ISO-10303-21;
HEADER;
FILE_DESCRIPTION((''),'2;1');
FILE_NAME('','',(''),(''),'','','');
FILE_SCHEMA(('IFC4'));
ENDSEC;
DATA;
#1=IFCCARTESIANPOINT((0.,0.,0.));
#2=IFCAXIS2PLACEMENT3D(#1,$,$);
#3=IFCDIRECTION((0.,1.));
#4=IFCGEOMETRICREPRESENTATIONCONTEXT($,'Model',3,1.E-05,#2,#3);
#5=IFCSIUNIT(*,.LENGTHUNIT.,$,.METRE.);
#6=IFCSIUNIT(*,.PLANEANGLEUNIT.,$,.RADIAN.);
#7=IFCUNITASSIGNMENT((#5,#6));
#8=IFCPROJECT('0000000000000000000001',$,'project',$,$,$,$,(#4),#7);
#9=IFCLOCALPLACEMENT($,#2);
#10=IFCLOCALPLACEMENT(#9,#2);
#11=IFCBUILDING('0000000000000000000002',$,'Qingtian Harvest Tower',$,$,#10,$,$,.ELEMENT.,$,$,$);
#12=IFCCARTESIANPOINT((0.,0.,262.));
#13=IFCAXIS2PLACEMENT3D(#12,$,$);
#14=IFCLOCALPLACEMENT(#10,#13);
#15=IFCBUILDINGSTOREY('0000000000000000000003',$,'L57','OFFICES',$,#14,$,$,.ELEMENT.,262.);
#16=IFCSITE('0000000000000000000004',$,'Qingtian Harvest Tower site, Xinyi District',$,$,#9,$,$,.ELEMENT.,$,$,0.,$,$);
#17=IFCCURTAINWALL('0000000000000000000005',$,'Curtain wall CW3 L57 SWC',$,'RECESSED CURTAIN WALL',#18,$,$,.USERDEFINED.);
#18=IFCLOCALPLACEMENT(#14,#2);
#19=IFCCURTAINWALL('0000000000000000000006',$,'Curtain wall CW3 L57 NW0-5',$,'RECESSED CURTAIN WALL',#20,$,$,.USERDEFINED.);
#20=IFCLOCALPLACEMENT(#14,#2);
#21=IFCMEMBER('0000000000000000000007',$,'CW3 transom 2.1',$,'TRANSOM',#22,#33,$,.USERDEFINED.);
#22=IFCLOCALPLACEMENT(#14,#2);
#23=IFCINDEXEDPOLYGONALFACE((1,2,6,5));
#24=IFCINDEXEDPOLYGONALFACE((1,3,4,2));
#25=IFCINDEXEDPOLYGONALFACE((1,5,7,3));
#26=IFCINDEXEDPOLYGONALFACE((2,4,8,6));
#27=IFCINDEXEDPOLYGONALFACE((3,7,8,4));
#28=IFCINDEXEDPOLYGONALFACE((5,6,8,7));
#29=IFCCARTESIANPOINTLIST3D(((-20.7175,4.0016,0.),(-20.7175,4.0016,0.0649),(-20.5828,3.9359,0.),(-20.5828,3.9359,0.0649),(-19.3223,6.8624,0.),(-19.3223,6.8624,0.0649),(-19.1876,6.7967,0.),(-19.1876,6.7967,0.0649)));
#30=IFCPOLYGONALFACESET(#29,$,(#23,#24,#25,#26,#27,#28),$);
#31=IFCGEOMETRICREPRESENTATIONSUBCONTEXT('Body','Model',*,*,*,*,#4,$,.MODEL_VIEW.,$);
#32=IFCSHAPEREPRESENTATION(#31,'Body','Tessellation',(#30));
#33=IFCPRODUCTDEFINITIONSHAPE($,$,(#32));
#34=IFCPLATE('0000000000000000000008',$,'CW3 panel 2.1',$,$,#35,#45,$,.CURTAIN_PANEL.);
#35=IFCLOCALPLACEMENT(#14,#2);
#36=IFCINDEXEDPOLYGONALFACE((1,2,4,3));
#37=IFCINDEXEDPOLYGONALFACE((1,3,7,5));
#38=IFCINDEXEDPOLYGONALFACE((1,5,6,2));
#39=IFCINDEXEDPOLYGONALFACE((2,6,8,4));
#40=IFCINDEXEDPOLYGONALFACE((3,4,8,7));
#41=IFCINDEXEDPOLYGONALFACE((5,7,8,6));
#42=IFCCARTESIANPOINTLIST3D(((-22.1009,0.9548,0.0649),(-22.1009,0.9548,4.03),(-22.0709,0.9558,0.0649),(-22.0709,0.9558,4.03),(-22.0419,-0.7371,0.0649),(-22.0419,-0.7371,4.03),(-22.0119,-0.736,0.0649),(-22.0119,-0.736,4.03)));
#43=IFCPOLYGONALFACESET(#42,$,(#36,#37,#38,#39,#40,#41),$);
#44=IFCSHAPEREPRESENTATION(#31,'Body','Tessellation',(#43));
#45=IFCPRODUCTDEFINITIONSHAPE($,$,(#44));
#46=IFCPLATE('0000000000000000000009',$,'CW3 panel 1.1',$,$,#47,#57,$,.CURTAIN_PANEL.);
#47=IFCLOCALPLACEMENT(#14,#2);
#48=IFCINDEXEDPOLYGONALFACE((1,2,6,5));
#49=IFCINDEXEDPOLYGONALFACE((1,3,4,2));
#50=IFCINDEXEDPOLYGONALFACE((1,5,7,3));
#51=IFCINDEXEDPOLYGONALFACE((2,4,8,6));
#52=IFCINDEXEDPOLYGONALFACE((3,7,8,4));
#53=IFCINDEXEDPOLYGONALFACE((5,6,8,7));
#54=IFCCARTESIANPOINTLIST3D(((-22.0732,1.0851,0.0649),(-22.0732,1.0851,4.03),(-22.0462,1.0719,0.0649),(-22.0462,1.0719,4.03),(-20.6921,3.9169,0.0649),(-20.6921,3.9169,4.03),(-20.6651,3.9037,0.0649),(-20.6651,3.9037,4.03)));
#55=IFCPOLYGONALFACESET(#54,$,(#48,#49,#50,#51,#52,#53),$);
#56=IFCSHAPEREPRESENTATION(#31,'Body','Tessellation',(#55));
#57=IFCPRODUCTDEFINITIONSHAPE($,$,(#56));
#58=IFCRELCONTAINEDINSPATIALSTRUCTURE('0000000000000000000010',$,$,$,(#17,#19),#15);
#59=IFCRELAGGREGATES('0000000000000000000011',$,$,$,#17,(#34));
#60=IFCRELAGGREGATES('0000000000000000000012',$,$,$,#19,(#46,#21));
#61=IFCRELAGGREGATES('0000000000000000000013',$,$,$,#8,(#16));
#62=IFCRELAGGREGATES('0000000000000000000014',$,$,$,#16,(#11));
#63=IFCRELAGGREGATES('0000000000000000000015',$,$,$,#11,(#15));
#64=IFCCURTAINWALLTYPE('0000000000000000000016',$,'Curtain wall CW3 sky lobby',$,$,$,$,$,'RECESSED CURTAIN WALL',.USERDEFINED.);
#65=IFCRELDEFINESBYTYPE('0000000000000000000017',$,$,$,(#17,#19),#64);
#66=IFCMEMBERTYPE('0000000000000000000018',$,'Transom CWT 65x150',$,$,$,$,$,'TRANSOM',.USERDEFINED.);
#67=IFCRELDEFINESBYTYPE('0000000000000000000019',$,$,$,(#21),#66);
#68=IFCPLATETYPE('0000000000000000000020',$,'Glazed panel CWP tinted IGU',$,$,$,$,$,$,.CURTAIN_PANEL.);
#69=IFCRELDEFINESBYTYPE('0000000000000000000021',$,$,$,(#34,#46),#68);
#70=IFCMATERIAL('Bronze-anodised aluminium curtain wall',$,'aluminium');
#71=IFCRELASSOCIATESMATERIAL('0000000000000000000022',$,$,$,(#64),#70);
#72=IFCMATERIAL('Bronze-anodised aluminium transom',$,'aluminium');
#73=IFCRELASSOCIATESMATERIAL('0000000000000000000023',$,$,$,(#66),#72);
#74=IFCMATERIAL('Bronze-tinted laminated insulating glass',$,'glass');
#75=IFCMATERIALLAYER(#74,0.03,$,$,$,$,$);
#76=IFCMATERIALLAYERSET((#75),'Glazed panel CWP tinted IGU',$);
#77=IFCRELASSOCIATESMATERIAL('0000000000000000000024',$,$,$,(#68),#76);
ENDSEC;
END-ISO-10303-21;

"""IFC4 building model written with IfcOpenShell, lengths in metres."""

from ifc_helpers import new_model, si_unit, direction, frame, origin, origin_2d, place, context, subcontext, project, spatial, rectangle, extrude, material, layer, layer_set, material_profile, profile_set, type_object, element, aggregate, save


model = new_model("IFC4")

# Units and contexts
model_context = context("Model", 3, precision=1e-05, world=origin(), true_north=direction((0.0, 1.0)))
body_context = subcontext(model_context, "Body", "Model", "MODEL_VIEW")
ifc_project = project(units=[si_unit("LENGTHUNIT", "METRE"), si_unit("PLANEANGLEUNIT", "RADIAN")], contexts=[model_context])

# Site, building, storey
site_placement = place(None, origin())
site = spatial("IfcSite", under=ifc_project, at=site_placement, Name="Qingtian Harvest Tower site, Xinyi District", CompositionType="ELEMENT", RefElevation=0.0)
building_placement = place(site_placement, origin())
building = spatial("IfcBuilding", under=site, at=building_placement, Name="Qingtian Harvest Tower", CompositionType="ELEMENT")
storey_placement = place(building_placement, frame((0.0, 0.0, 262.0)))
storey = spatial("IfcBuildingStorey", under=building, at=storey_placement, Name="L57", Description="OFFICES", CompositionType="ELEMENT", Elevation=262.0)

# Curtain wall
ifc_material_1 = material(Name="Bronze-anodised aluminium curtain wall", Category="aluminium")
curtain_wall_type = type_object("IfcCurtainWallType", Name="Curtain wall CW3 sky lobby", ElementType="RECESSED CURTAIN WALL", PredefinedType="USERDEFINED", material=ifc_material_1)
curtain_wall_1_placement = place(storey_placement, origin())
curtain_wall_1 = element("IfcCurtainWall", 1, at=curtain_wall_1_placement, inside=storey, type_object=curtain_wall_type, Name="Curtain wall CW3 L57 SWC", ObjectType="RECESSED CURTAIN WALL", PredefinedType="USERDEFINED")

# Curtain wall
curtain_wall_2_placement = place(storey_placement, origin())
curtain_wall_2 = element("IfcCurtainWall", 2, at=curtain_wall_2_placement, inside=storey, type_object=curtain_wall_type, Name="Curtain wall CW3 L57 NW0-5", ObjectType="RECESSED CURTAIN WALL", PredefinedType="USERDEFINED")

# Member
ifc_material_2 = material(Name="Bronze-anodised aluminium transom", Category="aluminium")
ifc_material_profile_1 = material_profile(ifc_material_2, rectangle(XDim=0.1499, YDim=0.0649, at=origin_2d()), Name="AL 65x150")
ifc_profile_set_1 = profile_set([ifc_material_profile_1], Name="Bronze-anodised aluminium transom")
member_type_1 = type_object("IfcMemberType", Name="Transom CWT 65x150", ElementType="TRANSOM", PredefinedType="USERDEFINED", material=ifc_profile_set_1)
member_1_placement = place(storey_placement, frame((-20.6501, 3.9688, 0.0325), z_axis=(0.438356, 0.898802, 0.0), x_axis=(-0.898802, 0.438356, 0.0)))
member_1 = element("IfcMember", 3, at=member_1_placement, type_object=member_type_1, Name="CW3 transom 2.1", ObjectType="TRANSOM", PredefinedType="USERDEFINED", context=body_context, shape_type="SweptSolid", body=[
    extrude(rectangle(XDim=0.1499, YDim=0.0649, at=origin_2d()), origin(), (0.0, 0.0, 1.0), 3.1829),
])

# Plates
ifc_material_3 = material(Name="Bronze-tinted laminated insulating glass", Category="glass")
ifc_layer = layer(ifc_material_3, 0.03)
ifc_layer_set = layer_set([ifc_layer], Name="Glazed panel CWP tinted IGU")
plate_type = type_object("IfcPlateType", Name="Glazed panel CWP tinted IGU", PredefinedType="CURTAIN_PANEL", material=ifc_layer_set)
plate_1_placement = place(storey_placement, frame((-22.0564, 0.1094, 0.0649), z_axis=(0.0, 0.0, 1.0), x_axis=(-0.034899, 0.999391, 0.0)))
plate_1 = element("IfcPlate", 4, at=plate_1_placement, type_object=plate_type, Name="CW3 panel 2.1", PredefinedType="CURTAIN_PANEL", context=body_context, shape_type="SweptSolid", body=[
    extrude(rectangle(XDim=1.6929, YDim=0.03, at=origin_2d()), origin(), (0.0, 0.0, 1.0), 3.9651),
])
aggregate(curtain_wall_1, [plate_1])
plate_2_placement = place(storey_placement, frame((-21.3691, 2.4944, 0.0649), z_axis=(0.0, 0.0, 1.0), x_axis=(0.438371, 0.898794, 0.0)))
plate_2 = element("IfcPlate", 5, at=plate_2_placement, type_object=plate_type, Name="CW3 panel 1.1", PredefinedType="CURTAIN_PANEL", context=body_context, shape_type="SweptSolid", body=[
    extrude(rectangle(XDim=3.1506, YDim=0.03, at=origin_2d()), origin(), (0.0, 0.0, 1.0), 3.9651),
])
aggregate(curtain_wall_2, [plate_2, member_1])

save(model, "model.ifc")
